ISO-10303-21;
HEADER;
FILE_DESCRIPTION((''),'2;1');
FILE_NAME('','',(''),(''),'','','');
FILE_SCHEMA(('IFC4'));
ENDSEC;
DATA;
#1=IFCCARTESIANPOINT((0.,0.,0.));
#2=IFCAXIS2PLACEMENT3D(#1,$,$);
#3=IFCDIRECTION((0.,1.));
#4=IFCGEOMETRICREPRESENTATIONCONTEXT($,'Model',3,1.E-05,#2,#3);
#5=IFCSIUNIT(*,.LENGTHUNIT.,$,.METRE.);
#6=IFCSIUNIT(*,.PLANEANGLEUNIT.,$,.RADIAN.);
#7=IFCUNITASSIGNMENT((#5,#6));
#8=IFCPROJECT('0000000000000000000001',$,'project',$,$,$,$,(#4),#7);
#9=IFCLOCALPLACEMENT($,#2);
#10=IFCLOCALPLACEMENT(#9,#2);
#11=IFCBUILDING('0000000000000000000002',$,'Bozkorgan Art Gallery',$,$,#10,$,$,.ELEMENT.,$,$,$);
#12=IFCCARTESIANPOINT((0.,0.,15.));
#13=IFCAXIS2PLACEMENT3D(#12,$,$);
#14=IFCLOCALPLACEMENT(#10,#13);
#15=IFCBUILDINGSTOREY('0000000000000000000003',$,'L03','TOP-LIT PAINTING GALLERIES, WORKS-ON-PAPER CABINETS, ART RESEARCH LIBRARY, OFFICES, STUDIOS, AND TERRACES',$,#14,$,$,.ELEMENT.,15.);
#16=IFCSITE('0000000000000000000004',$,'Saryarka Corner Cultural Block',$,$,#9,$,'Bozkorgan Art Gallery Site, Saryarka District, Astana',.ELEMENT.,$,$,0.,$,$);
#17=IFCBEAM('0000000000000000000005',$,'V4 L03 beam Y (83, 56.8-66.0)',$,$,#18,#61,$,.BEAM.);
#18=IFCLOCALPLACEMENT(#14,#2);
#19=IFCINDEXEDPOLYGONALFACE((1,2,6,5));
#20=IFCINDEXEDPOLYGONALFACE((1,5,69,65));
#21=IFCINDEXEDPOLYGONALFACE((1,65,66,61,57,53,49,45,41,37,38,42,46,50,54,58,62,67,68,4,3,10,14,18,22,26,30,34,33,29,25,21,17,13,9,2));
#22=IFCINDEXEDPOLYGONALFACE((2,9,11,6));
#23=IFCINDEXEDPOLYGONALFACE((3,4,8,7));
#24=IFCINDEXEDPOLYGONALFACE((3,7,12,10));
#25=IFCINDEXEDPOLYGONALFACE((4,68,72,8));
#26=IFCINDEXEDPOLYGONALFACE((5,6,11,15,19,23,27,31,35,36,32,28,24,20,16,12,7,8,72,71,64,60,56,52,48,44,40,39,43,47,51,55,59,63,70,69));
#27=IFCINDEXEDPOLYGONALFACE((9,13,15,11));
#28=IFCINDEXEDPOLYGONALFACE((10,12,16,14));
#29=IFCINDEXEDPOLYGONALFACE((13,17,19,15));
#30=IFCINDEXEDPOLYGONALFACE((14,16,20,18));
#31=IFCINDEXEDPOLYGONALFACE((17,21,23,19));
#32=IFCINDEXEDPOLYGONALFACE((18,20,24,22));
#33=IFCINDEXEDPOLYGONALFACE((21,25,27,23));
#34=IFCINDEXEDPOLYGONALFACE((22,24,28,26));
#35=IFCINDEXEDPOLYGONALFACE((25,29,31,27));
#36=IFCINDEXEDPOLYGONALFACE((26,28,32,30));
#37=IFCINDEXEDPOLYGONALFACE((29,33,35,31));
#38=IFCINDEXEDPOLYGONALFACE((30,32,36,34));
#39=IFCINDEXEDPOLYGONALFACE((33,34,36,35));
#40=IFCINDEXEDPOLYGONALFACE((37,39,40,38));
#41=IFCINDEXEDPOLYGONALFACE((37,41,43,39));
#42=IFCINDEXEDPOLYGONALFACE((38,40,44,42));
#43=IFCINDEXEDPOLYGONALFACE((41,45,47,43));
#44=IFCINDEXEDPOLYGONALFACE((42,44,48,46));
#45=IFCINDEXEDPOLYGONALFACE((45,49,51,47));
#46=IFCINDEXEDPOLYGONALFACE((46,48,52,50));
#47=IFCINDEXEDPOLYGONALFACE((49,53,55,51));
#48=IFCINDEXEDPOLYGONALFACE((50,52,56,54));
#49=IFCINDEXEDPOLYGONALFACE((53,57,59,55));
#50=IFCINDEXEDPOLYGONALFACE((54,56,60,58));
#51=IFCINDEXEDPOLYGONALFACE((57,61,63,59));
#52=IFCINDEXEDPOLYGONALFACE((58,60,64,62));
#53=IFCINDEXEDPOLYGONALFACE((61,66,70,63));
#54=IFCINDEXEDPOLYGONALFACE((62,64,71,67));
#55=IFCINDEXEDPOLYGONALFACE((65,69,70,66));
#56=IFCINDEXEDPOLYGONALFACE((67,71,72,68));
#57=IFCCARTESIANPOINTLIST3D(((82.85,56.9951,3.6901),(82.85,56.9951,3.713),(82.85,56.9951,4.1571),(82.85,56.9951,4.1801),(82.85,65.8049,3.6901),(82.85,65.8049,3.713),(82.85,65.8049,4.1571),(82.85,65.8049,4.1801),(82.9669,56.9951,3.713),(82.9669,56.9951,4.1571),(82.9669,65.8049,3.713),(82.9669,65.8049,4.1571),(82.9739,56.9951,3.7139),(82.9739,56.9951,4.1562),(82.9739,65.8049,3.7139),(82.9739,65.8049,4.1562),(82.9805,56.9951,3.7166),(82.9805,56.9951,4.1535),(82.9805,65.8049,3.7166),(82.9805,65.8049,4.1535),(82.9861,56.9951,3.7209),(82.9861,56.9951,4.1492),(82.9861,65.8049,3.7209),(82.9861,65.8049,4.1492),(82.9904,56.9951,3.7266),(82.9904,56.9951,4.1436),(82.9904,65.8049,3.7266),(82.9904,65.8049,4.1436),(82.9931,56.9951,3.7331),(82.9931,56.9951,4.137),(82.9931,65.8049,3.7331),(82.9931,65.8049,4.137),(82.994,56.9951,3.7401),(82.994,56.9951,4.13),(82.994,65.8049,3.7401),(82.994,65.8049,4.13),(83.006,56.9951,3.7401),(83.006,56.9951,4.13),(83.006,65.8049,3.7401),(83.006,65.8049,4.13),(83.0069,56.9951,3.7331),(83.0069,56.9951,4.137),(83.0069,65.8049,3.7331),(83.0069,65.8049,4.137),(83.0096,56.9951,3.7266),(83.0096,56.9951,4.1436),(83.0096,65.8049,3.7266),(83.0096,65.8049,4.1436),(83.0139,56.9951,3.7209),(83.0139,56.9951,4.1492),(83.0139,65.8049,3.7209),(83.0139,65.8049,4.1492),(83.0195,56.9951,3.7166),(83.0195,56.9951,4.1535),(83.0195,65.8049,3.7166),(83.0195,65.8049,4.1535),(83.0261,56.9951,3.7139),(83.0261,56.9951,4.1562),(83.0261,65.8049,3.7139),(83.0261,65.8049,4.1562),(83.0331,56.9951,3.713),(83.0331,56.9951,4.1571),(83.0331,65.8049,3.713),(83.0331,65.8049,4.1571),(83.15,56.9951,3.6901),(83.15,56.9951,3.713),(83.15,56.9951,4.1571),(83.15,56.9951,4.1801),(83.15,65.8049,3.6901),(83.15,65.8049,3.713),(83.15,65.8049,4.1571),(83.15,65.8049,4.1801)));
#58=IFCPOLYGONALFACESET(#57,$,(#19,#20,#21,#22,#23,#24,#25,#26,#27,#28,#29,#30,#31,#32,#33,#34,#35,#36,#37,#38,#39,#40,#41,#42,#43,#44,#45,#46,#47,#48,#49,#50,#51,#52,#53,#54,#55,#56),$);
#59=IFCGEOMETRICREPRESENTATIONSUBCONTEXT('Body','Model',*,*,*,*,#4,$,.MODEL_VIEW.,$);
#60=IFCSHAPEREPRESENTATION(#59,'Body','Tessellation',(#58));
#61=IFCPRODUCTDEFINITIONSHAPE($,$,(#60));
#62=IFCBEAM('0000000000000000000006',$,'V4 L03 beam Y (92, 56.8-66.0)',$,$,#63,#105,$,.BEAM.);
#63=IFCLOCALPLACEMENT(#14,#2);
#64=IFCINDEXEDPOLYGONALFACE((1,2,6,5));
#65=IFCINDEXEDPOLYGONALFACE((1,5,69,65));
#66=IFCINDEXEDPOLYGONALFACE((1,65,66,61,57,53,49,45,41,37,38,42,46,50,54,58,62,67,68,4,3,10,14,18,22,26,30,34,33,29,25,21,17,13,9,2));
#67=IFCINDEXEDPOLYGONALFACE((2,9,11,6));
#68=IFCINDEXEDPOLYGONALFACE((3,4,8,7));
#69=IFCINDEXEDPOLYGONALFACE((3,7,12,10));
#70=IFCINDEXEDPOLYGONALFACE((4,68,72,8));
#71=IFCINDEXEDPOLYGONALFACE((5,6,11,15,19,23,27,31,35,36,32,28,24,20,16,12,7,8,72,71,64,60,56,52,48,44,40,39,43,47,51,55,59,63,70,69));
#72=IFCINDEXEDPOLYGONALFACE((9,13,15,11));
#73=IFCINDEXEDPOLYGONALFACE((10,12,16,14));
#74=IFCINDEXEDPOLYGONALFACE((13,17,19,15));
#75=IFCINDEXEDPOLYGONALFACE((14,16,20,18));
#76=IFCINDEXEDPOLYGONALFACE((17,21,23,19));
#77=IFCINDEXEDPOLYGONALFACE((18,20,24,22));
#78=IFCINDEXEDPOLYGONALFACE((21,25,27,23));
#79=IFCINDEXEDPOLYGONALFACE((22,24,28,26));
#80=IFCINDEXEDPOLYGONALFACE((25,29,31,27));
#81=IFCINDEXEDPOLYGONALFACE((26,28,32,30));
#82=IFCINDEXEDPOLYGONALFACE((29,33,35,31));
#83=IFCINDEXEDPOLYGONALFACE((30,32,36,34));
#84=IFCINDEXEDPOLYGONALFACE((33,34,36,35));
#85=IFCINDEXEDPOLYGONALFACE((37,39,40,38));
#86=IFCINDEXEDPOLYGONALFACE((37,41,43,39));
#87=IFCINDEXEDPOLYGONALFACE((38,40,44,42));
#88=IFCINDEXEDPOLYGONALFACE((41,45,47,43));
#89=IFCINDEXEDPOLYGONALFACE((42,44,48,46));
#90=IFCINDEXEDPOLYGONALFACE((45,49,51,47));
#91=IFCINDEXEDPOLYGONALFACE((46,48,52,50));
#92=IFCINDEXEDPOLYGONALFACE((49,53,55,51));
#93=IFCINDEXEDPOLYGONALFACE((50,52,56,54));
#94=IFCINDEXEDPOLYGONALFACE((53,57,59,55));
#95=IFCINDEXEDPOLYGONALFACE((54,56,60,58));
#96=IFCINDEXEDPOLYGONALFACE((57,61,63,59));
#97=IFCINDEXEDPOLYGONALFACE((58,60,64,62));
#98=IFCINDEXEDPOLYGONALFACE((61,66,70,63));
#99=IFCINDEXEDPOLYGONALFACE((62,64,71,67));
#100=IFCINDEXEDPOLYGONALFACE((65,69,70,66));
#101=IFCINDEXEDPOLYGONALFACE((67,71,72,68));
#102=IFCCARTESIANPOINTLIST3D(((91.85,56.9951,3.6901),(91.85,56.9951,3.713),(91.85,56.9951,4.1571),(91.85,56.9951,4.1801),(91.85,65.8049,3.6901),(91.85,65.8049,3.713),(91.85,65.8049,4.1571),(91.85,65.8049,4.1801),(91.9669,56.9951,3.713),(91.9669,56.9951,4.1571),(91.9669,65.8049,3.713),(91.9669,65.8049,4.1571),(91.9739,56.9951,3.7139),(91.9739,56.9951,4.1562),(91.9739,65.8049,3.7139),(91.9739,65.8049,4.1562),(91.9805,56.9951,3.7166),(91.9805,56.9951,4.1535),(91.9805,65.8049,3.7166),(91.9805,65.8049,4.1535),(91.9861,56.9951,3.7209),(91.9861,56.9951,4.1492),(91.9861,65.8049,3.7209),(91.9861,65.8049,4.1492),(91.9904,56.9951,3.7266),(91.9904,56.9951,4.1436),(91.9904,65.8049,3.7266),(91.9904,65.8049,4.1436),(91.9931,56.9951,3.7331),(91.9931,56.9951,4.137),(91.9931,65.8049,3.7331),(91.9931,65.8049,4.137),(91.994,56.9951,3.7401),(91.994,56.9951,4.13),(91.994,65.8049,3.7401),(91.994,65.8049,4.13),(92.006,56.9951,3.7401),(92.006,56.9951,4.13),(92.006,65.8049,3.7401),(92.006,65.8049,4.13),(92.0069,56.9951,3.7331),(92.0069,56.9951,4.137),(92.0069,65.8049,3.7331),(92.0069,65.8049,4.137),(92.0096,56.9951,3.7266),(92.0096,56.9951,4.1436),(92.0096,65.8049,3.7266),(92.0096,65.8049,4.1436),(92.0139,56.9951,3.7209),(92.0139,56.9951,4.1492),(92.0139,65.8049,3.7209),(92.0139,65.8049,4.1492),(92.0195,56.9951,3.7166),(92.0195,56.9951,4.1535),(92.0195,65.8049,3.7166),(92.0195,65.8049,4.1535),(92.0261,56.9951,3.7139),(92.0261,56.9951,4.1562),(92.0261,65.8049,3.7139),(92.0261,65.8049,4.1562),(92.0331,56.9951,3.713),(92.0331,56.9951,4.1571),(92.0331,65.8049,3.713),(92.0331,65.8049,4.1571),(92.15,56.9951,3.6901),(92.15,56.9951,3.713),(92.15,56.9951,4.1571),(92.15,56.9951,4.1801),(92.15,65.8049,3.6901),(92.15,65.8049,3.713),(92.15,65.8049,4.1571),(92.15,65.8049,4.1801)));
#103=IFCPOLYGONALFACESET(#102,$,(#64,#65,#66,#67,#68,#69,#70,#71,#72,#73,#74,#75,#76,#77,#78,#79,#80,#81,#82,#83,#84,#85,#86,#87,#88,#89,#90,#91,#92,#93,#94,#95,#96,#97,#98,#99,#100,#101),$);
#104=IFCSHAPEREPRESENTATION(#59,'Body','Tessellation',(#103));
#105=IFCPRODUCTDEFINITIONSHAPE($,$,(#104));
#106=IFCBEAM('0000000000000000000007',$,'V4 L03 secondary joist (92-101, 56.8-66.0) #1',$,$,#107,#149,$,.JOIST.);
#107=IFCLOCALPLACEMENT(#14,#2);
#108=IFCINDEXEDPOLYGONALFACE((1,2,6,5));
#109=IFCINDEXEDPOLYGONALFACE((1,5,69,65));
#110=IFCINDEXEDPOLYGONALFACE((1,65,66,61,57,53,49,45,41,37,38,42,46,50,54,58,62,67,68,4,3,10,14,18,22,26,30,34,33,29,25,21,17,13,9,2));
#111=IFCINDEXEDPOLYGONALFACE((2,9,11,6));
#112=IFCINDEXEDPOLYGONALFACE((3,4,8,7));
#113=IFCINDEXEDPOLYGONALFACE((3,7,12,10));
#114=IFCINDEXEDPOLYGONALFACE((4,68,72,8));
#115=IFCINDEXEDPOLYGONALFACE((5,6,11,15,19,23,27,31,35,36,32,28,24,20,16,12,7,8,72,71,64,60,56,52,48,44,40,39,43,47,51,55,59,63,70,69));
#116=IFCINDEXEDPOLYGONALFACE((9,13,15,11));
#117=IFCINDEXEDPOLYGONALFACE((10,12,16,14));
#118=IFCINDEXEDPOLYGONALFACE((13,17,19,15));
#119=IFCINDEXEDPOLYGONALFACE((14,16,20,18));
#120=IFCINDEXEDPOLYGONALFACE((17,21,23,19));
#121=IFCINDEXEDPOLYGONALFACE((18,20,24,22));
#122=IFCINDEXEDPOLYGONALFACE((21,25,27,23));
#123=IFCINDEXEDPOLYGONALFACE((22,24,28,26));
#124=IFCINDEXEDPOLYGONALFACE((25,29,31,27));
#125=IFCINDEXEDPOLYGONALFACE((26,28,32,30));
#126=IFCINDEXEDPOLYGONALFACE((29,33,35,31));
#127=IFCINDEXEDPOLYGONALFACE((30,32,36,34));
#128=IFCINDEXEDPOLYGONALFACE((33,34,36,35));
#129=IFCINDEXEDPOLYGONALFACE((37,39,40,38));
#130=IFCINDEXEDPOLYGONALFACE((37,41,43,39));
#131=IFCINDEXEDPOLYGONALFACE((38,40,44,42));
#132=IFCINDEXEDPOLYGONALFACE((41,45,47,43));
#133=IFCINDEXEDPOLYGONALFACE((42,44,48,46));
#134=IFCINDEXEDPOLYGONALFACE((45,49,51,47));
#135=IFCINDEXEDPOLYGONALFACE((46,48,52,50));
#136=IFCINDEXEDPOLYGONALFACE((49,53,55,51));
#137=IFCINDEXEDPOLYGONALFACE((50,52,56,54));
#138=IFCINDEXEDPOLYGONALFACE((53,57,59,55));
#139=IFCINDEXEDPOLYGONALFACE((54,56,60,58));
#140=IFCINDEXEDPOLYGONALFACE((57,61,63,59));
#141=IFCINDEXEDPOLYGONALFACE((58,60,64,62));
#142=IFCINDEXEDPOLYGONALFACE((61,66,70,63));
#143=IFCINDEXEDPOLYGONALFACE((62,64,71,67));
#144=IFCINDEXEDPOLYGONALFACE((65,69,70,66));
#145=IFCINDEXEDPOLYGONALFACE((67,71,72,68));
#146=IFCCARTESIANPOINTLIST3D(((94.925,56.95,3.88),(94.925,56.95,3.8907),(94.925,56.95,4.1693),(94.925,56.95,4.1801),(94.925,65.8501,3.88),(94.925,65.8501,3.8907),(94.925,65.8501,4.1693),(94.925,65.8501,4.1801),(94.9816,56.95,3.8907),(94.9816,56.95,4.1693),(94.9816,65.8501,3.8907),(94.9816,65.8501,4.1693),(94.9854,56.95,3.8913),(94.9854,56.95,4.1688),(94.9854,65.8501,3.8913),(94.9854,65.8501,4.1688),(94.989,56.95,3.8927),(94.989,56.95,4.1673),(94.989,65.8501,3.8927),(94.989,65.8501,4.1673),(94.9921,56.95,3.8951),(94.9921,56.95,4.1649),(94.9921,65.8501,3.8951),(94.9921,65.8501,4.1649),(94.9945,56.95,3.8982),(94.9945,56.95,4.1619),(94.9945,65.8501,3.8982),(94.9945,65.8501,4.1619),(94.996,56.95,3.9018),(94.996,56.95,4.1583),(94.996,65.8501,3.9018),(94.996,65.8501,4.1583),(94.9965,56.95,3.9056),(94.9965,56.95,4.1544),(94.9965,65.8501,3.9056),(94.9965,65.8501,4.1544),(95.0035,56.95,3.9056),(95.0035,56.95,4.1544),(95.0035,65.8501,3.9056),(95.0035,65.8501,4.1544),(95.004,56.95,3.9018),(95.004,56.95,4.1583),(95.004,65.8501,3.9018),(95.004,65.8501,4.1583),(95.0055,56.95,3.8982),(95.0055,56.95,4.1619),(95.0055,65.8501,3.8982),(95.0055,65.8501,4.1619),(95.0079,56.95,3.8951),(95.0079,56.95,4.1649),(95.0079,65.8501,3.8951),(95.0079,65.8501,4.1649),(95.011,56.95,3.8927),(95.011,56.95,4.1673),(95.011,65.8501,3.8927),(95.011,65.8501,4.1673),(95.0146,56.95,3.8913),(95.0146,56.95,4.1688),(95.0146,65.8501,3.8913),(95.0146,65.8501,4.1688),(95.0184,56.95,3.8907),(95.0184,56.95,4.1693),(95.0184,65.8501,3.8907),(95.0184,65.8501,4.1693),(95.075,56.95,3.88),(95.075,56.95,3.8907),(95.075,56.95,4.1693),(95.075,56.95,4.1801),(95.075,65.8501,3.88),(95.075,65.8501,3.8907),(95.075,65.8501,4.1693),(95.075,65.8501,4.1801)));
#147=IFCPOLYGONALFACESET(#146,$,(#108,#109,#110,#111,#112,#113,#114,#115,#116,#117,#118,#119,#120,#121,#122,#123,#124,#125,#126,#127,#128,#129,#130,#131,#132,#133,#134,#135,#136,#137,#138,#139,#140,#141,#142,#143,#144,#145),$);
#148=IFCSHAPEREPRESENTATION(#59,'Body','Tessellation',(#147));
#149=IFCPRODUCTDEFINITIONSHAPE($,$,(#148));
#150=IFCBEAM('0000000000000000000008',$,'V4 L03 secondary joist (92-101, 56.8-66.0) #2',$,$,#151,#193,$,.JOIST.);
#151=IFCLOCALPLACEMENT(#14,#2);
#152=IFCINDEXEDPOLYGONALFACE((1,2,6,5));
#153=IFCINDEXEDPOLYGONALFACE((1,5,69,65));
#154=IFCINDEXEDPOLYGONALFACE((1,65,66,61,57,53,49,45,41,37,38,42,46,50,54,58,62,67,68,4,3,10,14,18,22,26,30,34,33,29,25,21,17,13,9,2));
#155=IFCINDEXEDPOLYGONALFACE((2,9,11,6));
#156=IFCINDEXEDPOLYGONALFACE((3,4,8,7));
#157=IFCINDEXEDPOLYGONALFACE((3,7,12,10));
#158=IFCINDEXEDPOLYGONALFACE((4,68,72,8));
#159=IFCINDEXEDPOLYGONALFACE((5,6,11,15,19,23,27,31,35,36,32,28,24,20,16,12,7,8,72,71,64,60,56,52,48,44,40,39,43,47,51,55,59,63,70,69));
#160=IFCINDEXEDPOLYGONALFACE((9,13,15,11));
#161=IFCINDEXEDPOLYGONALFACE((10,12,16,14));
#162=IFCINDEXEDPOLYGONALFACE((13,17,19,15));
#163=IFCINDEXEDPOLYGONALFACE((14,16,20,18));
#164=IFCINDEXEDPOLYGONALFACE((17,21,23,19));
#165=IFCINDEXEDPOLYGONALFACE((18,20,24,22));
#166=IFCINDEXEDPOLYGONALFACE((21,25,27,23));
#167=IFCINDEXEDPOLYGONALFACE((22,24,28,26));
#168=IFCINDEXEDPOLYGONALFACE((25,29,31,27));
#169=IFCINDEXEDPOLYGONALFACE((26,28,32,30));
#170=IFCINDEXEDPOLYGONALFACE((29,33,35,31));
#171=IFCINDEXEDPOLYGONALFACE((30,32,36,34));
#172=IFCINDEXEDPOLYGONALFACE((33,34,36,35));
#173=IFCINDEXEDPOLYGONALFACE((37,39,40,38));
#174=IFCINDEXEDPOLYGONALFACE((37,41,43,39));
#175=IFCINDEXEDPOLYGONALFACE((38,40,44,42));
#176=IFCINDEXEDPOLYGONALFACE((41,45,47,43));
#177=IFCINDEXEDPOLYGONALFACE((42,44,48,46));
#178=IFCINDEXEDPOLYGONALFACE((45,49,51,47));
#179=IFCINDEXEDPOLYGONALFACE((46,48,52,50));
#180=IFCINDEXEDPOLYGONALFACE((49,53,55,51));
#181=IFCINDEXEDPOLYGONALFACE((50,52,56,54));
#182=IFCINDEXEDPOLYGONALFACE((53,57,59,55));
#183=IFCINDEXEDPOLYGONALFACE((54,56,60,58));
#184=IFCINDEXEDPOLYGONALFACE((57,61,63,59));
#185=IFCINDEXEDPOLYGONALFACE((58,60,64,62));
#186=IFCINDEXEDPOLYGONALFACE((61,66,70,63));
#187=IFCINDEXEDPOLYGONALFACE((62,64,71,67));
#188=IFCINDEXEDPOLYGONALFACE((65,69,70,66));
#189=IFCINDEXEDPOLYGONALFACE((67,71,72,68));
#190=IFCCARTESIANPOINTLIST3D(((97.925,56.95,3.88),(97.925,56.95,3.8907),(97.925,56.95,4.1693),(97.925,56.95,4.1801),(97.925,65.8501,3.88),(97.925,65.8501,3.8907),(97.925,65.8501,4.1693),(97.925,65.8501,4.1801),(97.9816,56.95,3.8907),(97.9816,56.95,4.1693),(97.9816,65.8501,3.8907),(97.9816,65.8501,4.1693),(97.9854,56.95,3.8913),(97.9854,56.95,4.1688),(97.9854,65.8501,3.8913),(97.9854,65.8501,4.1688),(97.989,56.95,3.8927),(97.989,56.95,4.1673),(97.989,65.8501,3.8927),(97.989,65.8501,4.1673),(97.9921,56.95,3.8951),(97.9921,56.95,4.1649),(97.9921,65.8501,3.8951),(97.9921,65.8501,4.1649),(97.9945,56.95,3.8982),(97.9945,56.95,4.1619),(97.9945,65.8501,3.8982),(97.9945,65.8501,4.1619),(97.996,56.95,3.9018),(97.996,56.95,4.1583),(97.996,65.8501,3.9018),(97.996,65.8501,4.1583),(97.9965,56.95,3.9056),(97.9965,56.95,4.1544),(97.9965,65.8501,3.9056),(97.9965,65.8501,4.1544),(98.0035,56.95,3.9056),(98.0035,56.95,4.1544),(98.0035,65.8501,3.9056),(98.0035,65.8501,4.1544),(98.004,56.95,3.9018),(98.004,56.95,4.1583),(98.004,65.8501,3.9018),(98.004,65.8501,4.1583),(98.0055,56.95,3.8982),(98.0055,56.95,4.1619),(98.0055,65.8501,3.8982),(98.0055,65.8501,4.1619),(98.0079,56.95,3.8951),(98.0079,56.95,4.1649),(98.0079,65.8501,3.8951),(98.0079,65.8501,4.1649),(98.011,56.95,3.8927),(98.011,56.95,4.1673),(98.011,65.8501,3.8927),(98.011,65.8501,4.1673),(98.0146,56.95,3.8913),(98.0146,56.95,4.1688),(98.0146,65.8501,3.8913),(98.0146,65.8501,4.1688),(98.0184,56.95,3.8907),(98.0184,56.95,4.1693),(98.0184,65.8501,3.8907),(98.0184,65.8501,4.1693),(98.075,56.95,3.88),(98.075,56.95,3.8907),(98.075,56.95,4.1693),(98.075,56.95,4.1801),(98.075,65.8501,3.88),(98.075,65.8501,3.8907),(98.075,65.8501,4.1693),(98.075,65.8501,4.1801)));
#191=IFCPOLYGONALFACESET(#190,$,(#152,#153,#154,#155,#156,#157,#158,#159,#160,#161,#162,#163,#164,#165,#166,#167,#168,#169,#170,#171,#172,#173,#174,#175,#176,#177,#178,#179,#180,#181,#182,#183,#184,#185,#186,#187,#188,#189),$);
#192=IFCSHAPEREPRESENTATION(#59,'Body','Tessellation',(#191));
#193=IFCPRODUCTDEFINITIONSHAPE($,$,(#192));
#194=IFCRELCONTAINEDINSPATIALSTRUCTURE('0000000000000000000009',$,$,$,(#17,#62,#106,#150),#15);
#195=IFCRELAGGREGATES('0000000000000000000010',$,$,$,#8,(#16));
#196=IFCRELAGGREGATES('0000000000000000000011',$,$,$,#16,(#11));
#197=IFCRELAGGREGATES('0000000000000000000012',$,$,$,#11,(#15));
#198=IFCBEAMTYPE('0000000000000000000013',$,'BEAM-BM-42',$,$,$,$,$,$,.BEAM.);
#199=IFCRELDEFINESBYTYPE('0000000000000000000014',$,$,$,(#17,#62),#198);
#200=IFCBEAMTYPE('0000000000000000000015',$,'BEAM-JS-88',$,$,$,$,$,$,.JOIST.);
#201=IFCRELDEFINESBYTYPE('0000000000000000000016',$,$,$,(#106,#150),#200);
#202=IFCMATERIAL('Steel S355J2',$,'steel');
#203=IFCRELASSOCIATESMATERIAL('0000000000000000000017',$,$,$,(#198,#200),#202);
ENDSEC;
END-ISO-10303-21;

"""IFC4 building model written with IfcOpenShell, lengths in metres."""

from ifc_helpers import new_model, si_unit, direction, frame, origin, origin_2d, place, context, subcontext, project, spatial, i_section, extrude, material, material_profile, profile_set, type_object, element, save


model = new_model("IFC4")

# Units and contexts
model_context = context("Model", 3, precision=1e-05, world=origin(), true_north=direction((0.0, 1.0)))
body_context = subcontext(model_context, "Body", "Model", "MODEL_VIEW")
ifc_project = project(units=[si_unit("LENGTHUNIT", "METRE"), si_unit("PLANEANGLEUNIT", "RADIAN")], contexts=[model_context])

# Site, building, storey
site_placement = place(None, origin())
site = spatial("IfcSite", under=ifc_project, at=site_placement, Name="Saryarka Corner Cultural Block", LongName="Bozkorgan Art Gallery Site, Saryarka District, Astana", CompositionType="ELEMENT", RefElevation=0.0)
building_placement = place(site_placement, origin())
building = spatial("IfcBuilding", under=site, at=building_placement, Name="Bozkorgan Art Gallery", CompositionType="ELEMENT")
storey_placement = place(building_placement, frame((0.0, 0.0, 15.0)))
storey = spatial("IfcBuildingStorey", under=building, at=storey_placement, Name="L03", Description="TOP-LIT PAINTING GALLERIES, WORKS-ON-PAPER CABINETS, ART RESEARCH LIBRARY, OFFICES, STUDIOS, AND TERRACES", CompositionType="ELEMENT", Elevation=15.0)

# Shared definitions
ifc_material_1 = material(Name="Steel S355J2", Category="steel")

# Beams
ifc_material_profile_1 = material_profile(ifc_material_1, i_section(OverallWidth=0.3, OverallDepth=0.49, WebThickness=0.012, FlangeThickness=0.0229, FilletRadius=0.0271, at=origin_2d()), Name="HEA 500")
ifc_profile_set_1 = profile_set([ifc_material_profile_1], Name="Steel S355J2")
beam_type_1 = type_object("IfcBeamType", Name="BEAM-BM-42", PredefinedType="BEAM", material=ifc_profile_set_1)
for number, where, z_axis, x_axis, name in (
    (1, (83.0, 56.9951, 3.9351), (0.0, 1.0, 0.0), (-1.0, 0.0, 0.0), "V4 L03 beam Y (83, 56.8-66.0)"),
    (2, (92.0, 56.9951, 3.9351), (0.0, 1.0, 0.0), (-1.0, 0.0, 0.0), "V4 L03 beam Y (92, 56.8-66.0)"),
):
    element("IfcBeam", number, at=place(storey_placement, frame(where, z_axis=z_axis, x_axis=x_axis)), inside=storey, type_object=beam_type_1, Name=name, PredefinedType="BEAM", context=body_context, shape_type="SweptSolid", body=[
        extrude(i_section(OverallWidth=0.3, OverallDepth=0.49, WebThickness=0.012, FlangeThickness=0.0229, FilletRadius=0.0271, at=origin_2d()), origin(), (0.0, 0.0, 1.0), 8.8098),
    ])
ifc_material_profile_2 = material_profile(ifc_material_1, i_section(OverallWidth=0.1499, OverallDepth=0.3, WebThickness=0.0071, FlangeThickness=0.0107, FilletRadius=0.0149, at=origin_2d()), Name="IPE 300")
ifc_profile_set_2 = profile_set([ifc_material_profile_2], Name="Steel S355J2")
beam_type_2 = type_object("IfcBeamType", Name="BEAM-JS-88", PredefinedType="JOIST", material=ifc_profile_set_2)
for number, where, z_axis, x_axis, name in (
    (3, (95.0, 56.95, 4.03), (0.0, 1.0, 0.0), (-1.0, 0.0, 0.0), "V4 L03 secondary joist (92-101, 56.8-66.0) #1"),
    (4, (98.0, 56.95, 4.03), (0.0, 1.0, 0.0), (-1.0, 0.0, 0.0), "V4 L03 secondary joist (92-101, 56.8-66.0) #2"),
):
    element("IfcBeam", number, at=place(storey_placement, frame(where, z_axis=z_axis, x_axis=x_axis)), inside=storey, type_object=beam_type_2, Name=name, PredefinedType="JOIST", context=body_context, shape_type="SweptSolid", body=[
        extrude(i_section(OverallWidth=0.1499, OverallDepth=0.3, WebThickness=0.0071, FlangeThickness=0.0107, FilletRadius=0.0149, at=origin_2d()), origin(), (0.0, 0.0, 1.0), 8.9001),
    ])

save(model, "model.ifc")
